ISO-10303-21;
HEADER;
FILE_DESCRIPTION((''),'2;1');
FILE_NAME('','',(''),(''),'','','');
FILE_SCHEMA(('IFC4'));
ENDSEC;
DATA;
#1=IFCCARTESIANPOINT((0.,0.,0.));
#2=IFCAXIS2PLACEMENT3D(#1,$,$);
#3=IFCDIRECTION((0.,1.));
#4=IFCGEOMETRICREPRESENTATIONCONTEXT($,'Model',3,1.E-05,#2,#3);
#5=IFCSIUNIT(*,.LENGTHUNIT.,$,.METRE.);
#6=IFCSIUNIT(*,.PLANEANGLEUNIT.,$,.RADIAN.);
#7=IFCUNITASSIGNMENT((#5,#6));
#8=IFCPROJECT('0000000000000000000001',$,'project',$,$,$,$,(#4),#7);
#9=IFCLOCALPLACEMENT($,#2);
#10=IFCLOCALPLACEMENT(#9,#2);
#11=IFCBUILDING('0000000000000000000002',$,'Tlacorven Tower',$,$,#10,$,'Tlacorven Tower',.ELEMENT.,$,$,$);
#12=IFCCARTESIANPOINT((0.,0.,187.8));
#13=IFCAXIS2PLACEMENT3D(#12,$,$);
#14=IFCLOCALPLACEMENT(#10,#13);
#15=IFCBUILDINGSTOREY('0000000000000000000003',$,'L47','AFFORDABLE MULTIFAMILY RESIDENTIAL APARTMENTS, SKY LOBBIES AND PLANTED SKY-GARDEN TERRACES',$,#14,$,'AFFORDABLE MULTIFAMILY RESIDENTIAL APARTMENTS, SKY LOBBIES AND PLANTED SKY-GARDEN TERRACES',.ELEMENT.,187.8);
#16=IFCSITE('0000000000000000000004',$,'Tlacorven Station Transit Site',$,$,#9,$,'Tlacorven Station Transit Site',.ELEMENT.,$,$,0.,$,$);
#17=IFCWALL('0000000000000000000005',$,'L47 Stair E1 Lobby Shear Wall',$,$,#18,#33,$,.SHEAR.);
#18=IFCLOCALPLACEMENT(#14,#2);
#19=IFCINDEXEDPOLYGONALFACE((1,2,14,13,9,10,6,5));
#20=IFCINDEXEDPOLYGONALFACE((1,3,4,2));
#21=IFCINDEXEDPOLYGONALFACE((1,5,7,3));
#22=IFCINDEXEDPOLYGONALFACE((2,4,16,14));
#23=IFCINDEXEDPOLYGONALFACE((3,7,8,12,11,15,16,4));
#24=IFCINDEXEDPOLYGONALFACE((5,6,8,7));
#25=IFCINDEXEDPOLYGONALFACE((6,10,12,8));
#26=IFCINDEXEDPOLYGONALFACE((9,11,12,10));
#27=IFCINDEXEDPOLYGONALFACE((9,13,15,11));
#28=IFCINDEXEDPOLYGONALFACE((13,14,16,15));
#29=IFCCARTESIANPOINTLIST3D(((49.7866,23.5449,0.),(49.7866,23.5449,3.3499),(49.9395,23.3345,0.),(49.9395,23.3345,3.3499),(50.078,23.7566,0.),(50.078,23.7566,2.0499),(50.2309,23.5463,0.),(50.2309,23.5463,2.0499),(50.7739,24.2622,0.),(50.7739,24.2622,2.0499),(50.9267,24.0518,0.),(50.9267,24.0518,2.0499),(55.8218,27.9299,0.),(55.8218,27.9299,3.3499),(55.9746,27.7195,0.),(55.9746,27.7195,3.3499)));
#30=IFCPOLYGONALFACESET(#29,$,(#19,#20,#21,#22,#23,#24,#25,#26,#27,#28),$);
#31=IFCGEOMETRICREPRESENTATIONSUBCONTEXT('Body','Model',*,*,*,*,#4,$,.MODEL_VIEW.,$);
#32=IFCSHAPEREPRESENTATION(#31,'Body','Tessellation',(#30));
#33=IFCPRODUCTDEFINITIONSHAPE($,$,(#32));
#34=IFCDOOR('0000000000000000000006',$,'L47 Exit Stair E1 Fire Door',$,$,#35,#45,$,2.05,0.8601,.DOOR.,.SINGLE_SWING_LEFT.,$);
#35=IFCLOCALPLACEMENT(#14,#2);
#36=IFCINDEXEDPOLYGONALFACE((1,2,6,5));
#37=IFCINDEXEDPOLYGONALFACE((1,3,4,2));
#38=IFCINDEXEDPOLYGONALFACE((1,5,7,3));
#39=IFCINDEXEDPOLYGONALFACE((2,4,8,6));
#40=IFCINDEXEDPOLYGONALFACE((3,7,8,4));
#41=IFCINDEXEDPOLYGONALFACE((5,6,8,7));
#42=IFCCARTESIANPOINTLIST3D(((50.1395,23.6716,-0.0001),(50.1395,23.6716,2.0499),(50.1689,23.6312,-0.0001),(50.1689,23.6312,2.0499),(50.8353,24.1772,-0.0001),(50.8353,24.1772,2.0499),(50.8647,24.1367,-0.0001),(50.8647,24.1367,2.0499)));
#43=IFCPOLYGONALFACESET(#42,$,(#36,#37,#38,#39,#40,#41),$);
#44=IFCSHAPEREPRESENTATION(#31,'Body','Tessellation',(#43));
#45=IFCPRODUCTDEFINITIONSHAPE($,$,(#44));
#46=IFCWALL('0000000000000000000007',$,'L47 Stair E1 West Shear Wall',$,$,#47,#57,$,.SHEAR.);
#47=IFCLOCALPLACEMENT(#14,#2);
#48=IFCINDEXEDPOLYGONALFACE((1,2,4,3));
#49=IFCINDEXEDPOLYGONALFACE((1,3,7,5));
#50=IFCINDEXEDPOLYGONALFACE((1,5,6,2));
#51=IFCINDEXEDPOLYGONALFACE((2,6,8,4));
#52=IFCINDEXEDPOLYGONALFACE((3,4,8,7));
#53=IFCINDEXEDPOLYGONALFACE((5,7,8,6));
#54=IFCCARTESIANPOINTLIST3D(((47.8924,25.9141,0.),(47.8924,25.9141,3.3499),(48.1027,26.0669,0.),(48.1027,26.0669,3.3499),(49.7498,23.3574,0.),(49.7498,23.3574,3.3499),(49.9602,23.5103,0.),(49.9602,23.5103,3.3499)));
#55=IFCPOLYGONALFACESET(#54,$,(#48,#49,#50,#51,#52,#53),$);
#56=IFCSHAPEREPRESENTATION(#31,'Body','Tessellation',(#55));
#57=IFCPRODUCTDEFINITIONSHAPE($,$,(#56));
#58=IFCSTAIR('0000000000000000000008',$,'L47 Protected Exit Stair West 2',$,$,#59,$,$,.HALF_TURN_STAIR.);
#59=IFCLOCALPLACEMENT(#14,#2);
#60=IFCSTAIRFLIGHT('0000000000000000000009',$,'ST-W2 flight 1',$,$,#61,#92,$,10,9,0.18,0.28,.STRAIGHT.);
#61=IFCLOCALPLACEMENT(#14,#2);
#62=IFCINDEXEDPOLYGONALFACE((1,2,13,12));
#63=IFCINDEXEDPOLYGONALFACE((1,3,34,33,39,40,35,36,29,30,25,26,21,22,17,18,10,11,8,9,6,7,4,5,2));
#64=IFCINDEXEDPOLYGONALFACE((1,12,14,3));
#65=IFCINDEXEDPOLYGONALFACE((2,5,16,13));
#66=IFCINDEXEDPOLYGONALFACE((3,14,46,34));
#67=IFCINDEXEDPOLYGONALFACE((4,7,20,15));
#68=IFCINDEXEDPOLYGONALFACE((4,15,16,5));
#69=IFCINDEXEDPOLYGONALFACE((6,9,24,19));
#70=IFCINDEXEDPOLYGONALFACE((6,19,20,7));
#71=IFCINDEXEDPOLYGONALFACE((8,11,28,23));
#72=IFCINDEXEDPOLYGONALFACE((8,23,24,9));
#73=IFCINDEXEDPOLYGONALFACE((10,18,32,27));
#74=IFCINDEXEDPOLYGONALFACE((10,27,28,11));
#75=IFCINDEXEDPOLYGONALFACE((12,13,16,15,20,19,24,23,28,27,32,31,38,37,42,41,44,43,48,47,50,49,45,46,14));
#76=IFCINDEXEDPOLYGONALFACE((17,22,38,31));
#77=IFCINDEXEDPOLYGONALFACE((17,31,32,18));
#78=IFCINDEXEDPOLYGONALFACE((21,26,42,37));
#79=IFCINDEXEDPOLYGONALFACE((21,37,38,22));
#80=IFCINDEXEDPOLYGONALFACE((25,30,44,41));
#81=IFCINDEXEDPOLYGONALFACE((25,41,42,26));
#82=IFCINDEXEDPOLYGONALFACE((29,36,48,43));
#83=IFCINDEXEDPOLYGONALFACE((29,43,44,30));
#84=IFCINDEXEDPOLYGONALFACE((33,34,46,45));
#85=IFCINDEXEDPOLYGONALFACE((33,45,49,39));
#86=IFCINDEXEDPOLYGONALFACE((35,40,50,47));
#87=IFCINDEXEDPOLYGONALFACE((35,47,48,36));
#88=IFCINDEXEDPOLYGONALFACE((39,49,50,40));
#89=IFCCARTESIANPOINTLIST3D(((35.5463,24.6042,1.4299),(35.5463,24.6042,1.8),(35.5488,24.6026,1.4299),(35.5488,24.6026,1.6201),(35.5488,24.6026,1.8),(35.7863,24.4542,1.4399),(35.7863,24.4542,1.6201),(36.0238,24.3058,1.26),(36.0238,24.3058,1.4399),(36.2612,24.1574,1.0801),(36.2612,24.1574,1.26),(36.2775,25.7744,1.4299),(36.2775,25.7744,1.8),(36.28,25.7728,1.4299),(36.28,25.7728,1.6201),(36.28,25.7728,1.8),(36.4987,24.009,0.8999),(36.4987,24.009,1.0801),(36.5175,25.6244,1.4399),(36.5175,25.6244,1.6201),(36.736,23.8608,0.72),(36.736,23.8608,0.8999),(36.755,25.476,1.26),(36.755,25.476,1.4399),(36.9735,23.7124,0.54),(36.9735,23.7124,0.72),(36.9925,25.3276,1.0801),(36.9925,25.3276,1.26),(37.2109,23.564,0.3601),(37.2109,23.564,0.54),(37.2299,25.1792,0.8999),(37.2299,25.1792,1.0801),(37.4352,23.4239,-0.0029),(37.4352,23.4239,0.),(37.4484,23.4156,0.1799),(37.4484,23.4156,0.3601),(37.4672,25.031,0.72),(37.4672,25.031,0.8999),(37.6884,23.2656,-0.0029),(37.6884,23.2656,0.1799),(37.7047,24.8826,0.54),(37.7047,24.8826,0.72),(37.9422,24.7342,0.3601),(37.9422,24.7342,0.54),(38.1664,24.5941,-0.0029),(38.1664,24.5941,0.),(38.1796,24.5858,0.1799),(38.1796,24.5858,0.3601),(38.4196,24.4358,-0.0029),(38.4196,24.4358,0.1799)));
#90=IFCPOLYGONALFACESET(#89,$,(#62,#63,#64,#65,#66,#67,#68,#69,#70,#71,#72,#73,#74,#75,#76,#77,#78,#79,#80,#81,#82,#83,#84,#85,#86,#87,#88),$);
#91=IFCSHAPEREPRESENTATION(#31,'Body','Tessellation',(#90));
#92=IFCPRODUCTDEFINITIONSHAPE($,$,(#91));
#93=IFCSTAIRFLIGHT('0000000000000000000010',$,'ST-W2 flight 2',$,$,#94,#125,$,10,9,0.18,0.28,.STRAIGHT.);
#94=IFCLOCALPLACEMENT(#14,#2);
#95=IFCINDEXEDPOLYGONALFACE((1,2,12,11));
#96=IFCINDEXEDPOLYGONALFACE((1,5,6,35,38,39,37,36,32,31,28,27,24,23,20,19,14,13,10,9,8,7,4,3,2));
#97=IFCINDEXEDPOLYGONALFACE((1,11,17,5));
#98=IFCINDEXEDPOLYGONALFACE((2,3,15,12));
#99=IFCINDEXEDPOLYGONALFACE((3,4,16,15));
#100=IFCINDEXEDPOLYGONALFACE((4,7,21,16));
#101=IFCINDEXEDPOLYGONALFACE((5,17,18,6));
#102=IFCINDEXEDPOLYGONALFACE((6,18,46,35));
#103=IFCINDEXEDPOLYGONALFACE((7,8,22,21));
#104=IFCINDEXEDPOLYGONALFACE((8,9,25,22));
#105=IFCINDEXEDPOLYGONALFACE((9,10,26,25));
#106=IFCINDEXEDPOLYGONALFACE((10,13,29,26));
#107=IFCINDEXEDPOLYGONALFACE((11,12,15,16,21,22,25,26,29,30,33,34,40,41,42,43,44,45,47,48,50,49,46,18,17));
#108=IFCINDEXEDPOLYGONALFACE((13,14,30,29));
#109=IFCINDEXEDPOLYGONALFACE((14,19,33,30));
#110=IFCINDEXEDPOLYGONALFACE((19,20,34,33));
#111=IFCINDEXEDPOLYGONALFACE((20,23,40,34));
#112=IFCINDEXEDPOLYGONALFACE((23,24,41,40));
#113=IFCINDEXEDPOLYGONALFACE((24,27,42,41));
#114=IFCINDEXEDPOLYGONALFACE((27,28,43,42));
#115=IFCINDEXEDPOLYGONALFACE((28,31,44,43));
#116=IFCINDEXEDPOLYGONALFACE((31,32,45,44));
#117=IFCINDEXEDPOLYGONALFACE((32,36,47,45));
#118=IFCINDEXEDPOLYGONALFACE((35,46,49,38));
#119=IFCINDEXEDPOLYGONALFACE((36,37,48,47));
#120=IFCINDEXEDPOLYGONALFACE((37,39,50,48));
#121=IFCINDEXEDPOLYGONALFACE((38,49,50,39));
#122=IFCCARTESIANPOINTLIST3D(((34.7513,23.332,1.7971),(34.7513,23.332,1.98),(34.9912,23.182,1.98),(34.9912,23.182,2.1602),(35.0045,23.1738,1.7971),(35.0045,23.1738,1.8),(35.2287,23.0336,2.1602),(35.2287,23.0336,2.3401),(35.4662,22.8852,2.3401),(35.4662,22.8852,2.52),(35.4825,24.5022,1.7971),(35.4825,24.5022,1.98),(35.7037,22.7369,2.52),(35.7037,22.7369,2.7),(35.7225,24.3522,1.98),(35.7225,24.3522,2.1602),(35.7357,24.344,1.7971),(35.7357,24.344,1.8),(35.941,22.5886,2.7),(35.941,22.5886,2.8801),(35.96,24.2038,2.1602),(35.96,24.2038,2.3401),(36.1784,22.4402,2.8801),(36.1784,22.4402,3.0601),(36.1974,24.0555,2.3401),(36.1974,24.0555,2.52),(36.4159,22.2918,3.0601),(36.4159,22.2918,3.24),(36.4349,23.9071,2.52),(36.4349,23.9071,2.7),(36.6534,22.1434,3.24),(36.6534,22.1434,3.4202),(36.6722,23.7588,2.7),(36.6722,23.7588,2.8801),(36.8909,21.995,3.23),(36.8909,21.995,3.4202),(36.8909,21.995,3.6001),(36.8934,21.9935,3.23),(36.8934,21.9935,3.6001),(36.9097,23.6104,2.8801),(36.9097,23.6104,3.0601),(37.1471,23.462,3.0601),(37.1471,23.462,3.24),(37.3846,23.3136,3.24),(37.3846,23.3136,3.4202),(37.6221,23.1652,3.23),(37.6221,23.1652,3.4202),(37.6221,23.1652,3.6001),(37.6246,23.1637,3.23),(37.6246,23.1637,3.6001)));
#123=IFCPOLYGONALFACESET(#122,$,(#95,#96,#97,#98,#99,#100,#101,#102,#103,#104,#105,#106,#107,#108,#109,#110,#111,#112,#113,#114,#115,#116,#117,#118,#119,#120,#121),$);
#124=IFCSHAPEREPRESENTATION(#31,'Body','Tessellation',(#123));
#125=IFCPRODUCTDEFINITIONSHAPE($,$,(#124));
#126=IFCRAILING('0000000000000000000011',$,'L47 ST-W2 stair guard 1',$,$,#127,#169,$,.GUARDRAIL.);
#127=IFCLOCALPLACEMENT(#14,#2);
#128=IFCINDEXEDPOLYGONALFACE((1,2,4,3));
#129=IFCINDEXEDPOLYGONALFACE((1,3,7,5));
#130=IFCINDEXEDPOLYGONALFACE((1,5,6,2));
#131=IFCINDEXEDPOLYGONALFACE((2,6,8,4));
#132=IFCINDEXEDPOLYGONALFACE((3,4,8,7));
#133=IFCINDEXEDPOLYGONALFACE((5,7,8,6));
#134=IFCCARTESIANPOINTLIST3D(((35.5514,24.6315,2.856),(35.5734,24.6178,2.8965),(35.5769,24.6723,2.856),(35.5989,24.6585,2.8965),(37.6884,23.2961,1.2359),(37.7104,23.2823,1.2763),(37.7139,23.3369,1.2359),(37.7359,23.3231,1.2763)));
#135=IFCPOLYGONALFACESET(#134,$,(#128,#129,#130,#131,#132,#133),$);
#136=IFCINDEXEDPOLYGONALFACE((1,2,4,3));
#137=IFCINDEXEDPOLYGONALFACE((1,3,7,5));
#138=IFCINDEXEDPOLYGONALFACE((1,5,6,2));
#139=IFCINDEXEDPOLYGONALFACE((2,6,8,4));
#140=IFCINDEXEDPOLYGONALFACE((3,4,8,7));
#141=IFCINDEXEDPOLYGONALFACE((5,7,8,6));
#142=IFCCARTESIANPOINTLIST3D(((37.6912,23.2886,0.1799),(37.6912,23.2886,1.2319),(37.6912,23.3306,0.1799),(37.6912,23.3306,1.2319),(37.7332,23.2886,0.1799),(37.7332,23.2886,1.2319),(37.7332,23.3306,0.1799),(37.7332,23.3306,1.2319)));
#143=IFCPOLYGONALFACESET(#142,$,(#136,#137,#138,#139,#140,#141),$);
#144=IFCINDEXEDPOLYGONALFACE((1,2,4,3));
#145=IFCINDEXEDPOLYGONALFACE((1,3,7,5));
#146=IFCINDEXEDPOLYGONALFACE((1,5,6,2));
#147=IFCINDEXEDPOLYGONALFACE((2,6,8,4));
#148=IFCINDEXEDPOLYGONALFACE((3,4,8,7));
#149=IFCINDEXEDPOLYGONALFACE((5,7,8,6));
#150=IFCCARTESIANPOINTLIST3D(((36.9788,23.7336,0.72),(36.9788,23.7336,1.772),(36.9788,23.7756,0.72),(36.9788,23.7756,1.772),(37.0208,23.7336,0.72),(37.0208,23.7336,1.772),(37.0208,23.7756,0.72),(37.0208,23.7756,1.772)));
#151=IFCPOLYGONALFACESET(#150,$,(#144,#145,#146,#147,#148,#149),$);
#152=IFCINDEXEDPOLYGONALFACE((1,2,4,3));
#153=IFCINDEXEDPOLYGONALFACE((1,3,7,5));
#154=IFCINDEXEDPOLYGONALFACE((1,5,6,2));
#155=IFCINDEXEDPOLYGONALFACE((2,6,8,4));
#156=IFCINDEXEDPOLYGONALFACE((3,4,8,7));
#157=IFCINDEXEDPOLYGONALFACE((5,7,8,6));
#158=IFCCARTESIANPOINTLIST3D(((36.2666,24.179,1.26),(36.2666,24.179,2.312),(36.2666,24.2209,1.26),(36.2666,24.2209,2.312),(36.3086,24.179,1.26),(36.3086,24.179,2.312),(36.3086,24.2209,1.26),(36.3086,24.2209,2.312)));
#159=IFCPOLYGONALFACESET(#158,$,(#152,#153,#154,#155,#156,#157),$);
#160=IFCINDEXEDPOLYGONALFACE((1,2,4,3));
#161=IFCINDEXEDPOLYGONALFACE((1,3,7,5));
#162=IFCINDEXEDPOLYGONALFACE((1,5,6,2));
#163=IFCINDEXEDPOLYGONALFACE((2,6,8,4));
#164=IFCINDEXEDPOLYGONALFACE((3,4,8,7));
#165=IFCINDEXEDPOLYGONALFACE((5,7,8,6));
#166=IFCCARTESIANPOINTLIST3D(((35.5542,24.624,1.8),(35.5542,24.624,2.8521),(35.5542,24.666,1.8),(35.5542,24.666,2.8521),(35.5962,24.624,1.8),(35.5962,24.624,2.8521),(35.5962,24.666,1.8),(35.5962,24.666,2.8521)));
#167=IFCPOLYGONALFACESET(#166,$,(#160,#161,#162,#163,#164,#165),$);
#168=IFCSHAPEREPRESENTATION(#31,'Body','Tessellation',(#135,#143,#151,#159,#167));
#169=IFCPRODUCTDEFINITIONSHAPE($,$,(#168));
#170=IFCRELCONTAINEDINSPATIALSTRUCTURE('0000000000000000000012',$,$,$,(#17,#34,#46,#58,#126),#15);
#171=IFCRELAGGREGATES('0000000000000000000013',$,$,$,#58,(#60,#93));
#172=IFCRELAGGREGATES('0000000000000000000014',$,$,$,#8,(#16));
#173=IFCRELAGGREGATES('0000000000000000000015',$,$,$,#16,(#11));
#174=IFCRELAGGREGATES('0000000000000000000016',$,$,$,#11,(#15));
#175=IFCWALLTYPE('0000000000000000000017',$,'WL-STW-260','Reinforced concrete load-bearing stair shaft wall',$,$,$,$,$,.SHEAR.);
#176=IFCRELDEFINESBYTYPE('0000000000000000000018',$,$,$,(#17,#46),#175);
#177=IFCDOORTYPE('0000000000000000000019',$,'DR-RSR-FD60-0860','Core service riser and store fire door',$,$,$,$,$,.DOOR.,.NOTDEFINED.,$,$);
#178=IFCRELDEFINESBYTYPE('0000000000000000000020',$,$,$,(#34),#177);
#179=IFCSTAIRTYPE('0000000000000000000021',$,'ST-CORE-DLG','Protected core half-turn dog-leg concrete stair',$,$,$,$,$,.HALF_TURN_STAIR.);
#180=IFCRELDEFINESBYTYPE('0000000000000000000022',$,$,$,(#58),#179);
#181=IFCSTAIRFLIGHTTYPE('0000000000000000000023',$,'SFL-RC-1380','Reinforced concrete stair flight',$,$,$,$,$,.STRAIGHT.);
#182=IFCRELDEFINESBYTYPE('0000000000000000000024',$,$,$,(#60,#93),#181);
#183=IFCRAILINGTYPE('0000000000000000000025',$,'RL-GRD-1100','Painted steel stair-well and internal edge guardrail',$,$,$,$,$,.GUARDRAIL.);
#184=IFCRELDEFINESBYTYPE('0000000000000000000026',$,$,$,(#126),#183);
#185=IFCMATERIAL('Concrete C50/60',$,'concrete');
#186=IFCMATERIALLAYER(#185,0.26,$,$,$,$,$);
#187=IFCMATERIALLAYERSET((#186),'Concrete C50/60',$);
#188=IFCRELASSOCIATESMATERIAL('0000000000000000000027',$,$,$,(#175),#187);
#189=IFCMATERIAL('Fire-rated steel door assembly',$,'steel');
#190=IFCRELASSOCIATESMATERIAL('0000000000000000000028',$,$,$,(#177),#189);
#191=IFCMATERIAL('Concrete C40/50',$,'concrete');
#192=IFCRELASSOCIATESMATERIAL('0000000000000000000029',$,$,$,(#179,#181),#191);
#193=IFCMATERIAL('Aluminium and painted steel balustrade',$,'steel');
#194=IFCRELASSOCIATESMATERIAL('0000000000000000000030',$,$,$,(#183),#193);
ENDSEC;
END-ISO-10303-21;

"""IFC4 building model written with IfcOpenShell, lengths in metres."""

from ifc_helpers import new_model, si_unit, direction, frame, frame_2d, origin, origin_2d, place, context, subcontext, project, spatial, polyline, rectangle, outline, extrude, source, transform, mapped, material, layer, layer_set, type_object, element, fill, aggregate, save


model = new_model("IFC4")

# Units and contexts
model_context = context("Model", 3, precision=1e-05, world=origin(), true_north=direction((0.0, 1.0)))
body_context = subcontext(model_context, "Body", "Model", "MODEL_VIEW")
ifc_project = project(units=[si_unit("LENGTHUNIT", "METRE"), si_unit("PLANEANGLEUNIT", "RADIAN")], contexts=[model_context])

# Site, building, storey
site_placement = place(None, origin())
site = spatial("IfcSite", under=ifc_project, at=site_placement, Name="Tlacorven Station Transit Site", LongName="Tlacorven Station Transit Site", CompositionType="ELEMENT", RefElevation=0.0)
building_placement = place(site_placement, origin())
building = spatial("IfcBuilding", under=site, at=building_placement, Name="Tlacorven Tower", LongName="Tlacorven Tower", CompositionType="ELEMENT")
storey_placement = place(building_placement, frame((0.0, 0.0, 187.8)))
storey = spatial("IfcBuildingStorey", under=building, at=storey_placement, Name="L47", Description="AFFORDABLE MULTIFAMILY RESIDENTIAL APARTMENTS, SKY LOBBIES AND PLANTED SKY-GARDEN TERRACES", LongName="AFFORDABLE MULTIFAMILY RESIDENTIAL APARTMENTS, SKY LOBBIES AND PLANTED SKY-GARDEN TERRACES", CompositionType="ELEMENT", Elevation=187.8)

# Shared definitions
ifc_material_1 = material(Name="Concrete C40/50", Category="concrete")
ifc_material_2 = material(Name="Concrete C50/60", Category="concrete")
ifc_layer_1 = layer(ifc_material_2, 0.26)
ifc_layer_set_1 = layer_set([ifc_layer_1], Name="Concrete C50/60")
wall_type_1 = type_object("IfcWallType", Name="WL-STW-260", Description="Reinforced concrete load-bearing stair shaft wall", PredefinedType="SHEAR", material=ifc_layer_set_1)

# Wall, opening, door
wall_1_placement = place(storey_placement, frame((49.863, 23.4397, 0.0), z_axis=(0.0, 0.0, 1.0), x_axis=(0.809003, 0.587804, 0.0)))
wall_1 = element("IfcWall", 1, at=wall_1_placement, inside=storey, type_object=wall_type_1, Name="L47 Stair E1 Lobby Shear Wall", PredefinedType="SHEAR", context=body_context, shape_type="SweptSolid", body=[
    extrude(rectangle(XDim=7.46, YDim=0.26, at=frame_2d((3.73, 0.0))), origin(), (0.0, 0.0, 1.0), 3.3499),
])
opening_placement = place(wall_1_placement, frame((0.3601, 0.0, 0.0)))
opening = element("IfcOpeningElement", 2, at=opening_placement, cuts=wall_1, PredefinedType="OPENING", context=body_context, shape_type="SweptSolid", body=[
    extrude(rectangle(XDim=0.8601, YDim=2.05, at=frame_2d((0.4302, 1.0249))), frame((0.0, 0.1401, 0.0), z_axis=(0.0, -1.0, 0.0), x_axis=(1.0, 0.0, 0.0)), (0.0, 0.0, 1.0), 0.28),
])
ifc_material_3 = material(Name="Fire-rated steel door assembly", Category="steel")
door_type = type_object("IfcDoorType", Name="DR-RSR-FD60-0860", Description="Core service riser and store fire door", OperationType="NOTDEFINED", PredefinedType="DOOR", material=ifc_material_3)
shared_shape_1 = source(origin(), body_context, "Body", "SweptSolid", [
    extrude(rectangle(XDim=0.8601, YDim=2.05, at=frame_2d((0.4302, 1.0249))), frame((0.0, 0.0249, 0.0), z_axis=(0.0, -1.0, 0.0), x_axis=(1.0, 0.0, 0.0)), (0.0, 0.0, 1.0), 0.05),
])
door_placement = place(opening_placement, frame((0.8601, 0.0, 0.0), z_axis=(0.0, 0.0, 1.0), x_axis=(-1.0, 0.0, 0.0)))
door = element("IfcDoor", 3, at=door_placement, inside=storey, type_object=door_type, Name="L47 Exit Stair E1 Fire Door", OperationType="SINGLE_SWING_LEFT", OverallHeight=2.05, OverallWidth=0.8601, PredefinedType="DOOR", context=body_context, shape_type="MappedRepresentation", body=[
    mapped(shared_shape_1, transform((0.0, 0.0, 0.0), scale=1.0)),
])
fill(opening, door)

# Wall
wall_2_placement = place(storey_placement, frame((49.855, 23.4338, 0.0), z_axis=(0.0, 0.0, 1.0), x_axis=(-0.587767, 0.80903, 0.0)))
element("IfcWall", 4, at=wall_2_placement, inside=storey, type_object=wall_type_1, Name="L47 Stair E1 West Shear Wall", PredefinedType="SHEAR", context=body_context, shape_type="SweptSolid", body=[
    extrude(rectangle(XDim=3.1602, YDim=0.26, at=frame_2d((1.5801, 0.0))), origin(), (0.0, 0.0, 1.0), 3.3499),
])

# Stair, stair flights
stair_type = type_object("IfcStairType", Name="ST-CORE-DLG", Description="Protected core half-turn dog-leg concrete stair", PredefinedType="HALF_TURN_STAIR", material=ifc_material_1)
stair_placement = place(storey_placement, origin())
stair = element("IfcStair", 5, at=stair_placement, inside=storey, type_object=stair_type, Name="L47 Protected Exit Stair West 2", PredefinedType="HALF_TURN_STAIR")
stair_flight_type = type_object("IfcStairFlightType", Name="SFL-RC-1380", Description="Reinforced concrete stair flight", PredefinedType="STRAIGHT", material=ifc_material_1)
shared_shape_2 = source(origin(), body_context, "Body", "SweptSolid", [
    extrude(outline(polyline([(-0.0029, -0.0029), (-0.0029, 0.1799), (0.28, 0.1799), (0.28, 0.3601), (0.5601, 0.3601), (0.5601, 0.54), (0.8401, 0.54), (0.8401, 0.72), (1.1201, 0.72), (1.1201, 0.8999), (1.3999, 0.8999), (1.3999, 1.0801), (1.6799, 1.0801), (1.6799, 1.26), (1.96, 1.26), (1.96, 1.4399), (2.24, 1.4399), (2.24, 1.6201), (2.52, 1.6201), (2.52, 1.8), (2.5229, 1.8), (2.5229, 1.4299), (2.52, 1.4299), (0.2957, 0.0), (0.2957, -0.0029), (-0.0029, -0.0029)])), frame((0.0, 0.6899, 0.0), z_axis=(0.0, -1.0, 0.0), x_axis=(1.0, 0.0, 0.0)), (0.0, 0.0, 1.0), 1.3799),
])
stair_flight_1_placement = place(storey_placement, frame((38.0515, 23.8523, 0.0), z_axis=(0.0, 0.0, 1.0), x_axis=(-0.848048, 0.529919, 0.0)))
stair_flight_1 = element("IfcStairFlight", 6, at=stair_flight_1_placement, type_object=stair_flight_type, Name="ST-W2 flight 1", NumberOfRisers=10, NumberOfTreads=9, PredefinedType="STRAIGHT", RiserHeight=0.18, TreadLength=0.28, context=body_context, shape_type="MappedRepresentation", body=[
    mapped(shared_shape_2, transform((0.0, 0.0, 0.0), scale=1.0)),
])
stair_flight_2_placement = place(storey_placement, frame((35.1194, 23.9155, 1.8), z_axis=(0.0, 0.0, 1.0), x_axis=(0.848048, -0.529919, 0.0)))
stair_flight_2 = element("IfcStairFlight", 7, at=stair_flight_2_placement, type_object=stair_flight_type, Name="ST-W2 flight 2", NumberOfRisers=10, NumberOfTreads=9, PredefinedType="STRAIGHT", RiserHeight=0.18, TreadLength=0.28, context=body_context, shape_type="MappedRepresentation", body=[
    mapped(shared_shape_2, transform((0.0, 0.0, 0.0), scale=1.0)),
])
aggregate(stair, [stair_flight_1, stair_flight_2])

# Railing
ifc_material_4 = material(Name="Aluminium and painted steel balustrade", Category="steel")
railing_type_1 = type_object("IfcRailingType", Name="RL-GRD-1100", Description="Painted steel stair-well and internal edge guardrail", PredefinedType="GUARDRAIL", material=ifc_material_4)
shared_shape_3 = source(origin(), body_context, "Body", "SweptSolid", [
    extrude(rectangle(XDim=0.0481, YDim=0.0481, at=origin_2d()), frame((0.0, 0.0, 1.0762), z_axis=(-0.71332, 0.445774, 0.540796), x_axis=(-0.529955, -0.848026, 0.0)), (0.0, 0.0, 1.0), 2.9958),
    extrude(rectangle(XDim=0.042, YDim=0.042, at=origin_2d()), origin(), (0.0, 0.0, 1.0), 1.052),
    extrude(rectangle(XDim=0.042, YDim=0.042, at=origin_2d()), frame((-0.7124, 0.4451, 0.54)), (0.0, 0.0, 1.0), 1.052),
    extrude(rectangle(XDim=0.042, YDim=0.042, at=origin_2d()), frame((-1.4246, 0.8904, 1.0801)), (0.0, 0.0, 1.0), 1.052),
    extrude(rectangle(XDim=0.042, YDim=0.042, at=origin_2d()), frame((-2.137, 1.3354, 1.6201)), (0.0, 0.0, 1.0), 1.052),
])
railing_1_placement = place(storey_placement, frame((37.7122, 23.3096, 0.1799)))
element("IfcRailing", 8, at=railing_1_placement, inside=storey, type_object=railing_type_1, Name="L47 ST-W2 stair guard 1", PredefinedType="GUARDRAIL", context=body_context, shape_type="MappedRepresentation", body=[
    mapped(shared_shape_3, transform((0.0, 0.0, 0.0), scale=1.0)),
])

save(model, "model.ifc")
